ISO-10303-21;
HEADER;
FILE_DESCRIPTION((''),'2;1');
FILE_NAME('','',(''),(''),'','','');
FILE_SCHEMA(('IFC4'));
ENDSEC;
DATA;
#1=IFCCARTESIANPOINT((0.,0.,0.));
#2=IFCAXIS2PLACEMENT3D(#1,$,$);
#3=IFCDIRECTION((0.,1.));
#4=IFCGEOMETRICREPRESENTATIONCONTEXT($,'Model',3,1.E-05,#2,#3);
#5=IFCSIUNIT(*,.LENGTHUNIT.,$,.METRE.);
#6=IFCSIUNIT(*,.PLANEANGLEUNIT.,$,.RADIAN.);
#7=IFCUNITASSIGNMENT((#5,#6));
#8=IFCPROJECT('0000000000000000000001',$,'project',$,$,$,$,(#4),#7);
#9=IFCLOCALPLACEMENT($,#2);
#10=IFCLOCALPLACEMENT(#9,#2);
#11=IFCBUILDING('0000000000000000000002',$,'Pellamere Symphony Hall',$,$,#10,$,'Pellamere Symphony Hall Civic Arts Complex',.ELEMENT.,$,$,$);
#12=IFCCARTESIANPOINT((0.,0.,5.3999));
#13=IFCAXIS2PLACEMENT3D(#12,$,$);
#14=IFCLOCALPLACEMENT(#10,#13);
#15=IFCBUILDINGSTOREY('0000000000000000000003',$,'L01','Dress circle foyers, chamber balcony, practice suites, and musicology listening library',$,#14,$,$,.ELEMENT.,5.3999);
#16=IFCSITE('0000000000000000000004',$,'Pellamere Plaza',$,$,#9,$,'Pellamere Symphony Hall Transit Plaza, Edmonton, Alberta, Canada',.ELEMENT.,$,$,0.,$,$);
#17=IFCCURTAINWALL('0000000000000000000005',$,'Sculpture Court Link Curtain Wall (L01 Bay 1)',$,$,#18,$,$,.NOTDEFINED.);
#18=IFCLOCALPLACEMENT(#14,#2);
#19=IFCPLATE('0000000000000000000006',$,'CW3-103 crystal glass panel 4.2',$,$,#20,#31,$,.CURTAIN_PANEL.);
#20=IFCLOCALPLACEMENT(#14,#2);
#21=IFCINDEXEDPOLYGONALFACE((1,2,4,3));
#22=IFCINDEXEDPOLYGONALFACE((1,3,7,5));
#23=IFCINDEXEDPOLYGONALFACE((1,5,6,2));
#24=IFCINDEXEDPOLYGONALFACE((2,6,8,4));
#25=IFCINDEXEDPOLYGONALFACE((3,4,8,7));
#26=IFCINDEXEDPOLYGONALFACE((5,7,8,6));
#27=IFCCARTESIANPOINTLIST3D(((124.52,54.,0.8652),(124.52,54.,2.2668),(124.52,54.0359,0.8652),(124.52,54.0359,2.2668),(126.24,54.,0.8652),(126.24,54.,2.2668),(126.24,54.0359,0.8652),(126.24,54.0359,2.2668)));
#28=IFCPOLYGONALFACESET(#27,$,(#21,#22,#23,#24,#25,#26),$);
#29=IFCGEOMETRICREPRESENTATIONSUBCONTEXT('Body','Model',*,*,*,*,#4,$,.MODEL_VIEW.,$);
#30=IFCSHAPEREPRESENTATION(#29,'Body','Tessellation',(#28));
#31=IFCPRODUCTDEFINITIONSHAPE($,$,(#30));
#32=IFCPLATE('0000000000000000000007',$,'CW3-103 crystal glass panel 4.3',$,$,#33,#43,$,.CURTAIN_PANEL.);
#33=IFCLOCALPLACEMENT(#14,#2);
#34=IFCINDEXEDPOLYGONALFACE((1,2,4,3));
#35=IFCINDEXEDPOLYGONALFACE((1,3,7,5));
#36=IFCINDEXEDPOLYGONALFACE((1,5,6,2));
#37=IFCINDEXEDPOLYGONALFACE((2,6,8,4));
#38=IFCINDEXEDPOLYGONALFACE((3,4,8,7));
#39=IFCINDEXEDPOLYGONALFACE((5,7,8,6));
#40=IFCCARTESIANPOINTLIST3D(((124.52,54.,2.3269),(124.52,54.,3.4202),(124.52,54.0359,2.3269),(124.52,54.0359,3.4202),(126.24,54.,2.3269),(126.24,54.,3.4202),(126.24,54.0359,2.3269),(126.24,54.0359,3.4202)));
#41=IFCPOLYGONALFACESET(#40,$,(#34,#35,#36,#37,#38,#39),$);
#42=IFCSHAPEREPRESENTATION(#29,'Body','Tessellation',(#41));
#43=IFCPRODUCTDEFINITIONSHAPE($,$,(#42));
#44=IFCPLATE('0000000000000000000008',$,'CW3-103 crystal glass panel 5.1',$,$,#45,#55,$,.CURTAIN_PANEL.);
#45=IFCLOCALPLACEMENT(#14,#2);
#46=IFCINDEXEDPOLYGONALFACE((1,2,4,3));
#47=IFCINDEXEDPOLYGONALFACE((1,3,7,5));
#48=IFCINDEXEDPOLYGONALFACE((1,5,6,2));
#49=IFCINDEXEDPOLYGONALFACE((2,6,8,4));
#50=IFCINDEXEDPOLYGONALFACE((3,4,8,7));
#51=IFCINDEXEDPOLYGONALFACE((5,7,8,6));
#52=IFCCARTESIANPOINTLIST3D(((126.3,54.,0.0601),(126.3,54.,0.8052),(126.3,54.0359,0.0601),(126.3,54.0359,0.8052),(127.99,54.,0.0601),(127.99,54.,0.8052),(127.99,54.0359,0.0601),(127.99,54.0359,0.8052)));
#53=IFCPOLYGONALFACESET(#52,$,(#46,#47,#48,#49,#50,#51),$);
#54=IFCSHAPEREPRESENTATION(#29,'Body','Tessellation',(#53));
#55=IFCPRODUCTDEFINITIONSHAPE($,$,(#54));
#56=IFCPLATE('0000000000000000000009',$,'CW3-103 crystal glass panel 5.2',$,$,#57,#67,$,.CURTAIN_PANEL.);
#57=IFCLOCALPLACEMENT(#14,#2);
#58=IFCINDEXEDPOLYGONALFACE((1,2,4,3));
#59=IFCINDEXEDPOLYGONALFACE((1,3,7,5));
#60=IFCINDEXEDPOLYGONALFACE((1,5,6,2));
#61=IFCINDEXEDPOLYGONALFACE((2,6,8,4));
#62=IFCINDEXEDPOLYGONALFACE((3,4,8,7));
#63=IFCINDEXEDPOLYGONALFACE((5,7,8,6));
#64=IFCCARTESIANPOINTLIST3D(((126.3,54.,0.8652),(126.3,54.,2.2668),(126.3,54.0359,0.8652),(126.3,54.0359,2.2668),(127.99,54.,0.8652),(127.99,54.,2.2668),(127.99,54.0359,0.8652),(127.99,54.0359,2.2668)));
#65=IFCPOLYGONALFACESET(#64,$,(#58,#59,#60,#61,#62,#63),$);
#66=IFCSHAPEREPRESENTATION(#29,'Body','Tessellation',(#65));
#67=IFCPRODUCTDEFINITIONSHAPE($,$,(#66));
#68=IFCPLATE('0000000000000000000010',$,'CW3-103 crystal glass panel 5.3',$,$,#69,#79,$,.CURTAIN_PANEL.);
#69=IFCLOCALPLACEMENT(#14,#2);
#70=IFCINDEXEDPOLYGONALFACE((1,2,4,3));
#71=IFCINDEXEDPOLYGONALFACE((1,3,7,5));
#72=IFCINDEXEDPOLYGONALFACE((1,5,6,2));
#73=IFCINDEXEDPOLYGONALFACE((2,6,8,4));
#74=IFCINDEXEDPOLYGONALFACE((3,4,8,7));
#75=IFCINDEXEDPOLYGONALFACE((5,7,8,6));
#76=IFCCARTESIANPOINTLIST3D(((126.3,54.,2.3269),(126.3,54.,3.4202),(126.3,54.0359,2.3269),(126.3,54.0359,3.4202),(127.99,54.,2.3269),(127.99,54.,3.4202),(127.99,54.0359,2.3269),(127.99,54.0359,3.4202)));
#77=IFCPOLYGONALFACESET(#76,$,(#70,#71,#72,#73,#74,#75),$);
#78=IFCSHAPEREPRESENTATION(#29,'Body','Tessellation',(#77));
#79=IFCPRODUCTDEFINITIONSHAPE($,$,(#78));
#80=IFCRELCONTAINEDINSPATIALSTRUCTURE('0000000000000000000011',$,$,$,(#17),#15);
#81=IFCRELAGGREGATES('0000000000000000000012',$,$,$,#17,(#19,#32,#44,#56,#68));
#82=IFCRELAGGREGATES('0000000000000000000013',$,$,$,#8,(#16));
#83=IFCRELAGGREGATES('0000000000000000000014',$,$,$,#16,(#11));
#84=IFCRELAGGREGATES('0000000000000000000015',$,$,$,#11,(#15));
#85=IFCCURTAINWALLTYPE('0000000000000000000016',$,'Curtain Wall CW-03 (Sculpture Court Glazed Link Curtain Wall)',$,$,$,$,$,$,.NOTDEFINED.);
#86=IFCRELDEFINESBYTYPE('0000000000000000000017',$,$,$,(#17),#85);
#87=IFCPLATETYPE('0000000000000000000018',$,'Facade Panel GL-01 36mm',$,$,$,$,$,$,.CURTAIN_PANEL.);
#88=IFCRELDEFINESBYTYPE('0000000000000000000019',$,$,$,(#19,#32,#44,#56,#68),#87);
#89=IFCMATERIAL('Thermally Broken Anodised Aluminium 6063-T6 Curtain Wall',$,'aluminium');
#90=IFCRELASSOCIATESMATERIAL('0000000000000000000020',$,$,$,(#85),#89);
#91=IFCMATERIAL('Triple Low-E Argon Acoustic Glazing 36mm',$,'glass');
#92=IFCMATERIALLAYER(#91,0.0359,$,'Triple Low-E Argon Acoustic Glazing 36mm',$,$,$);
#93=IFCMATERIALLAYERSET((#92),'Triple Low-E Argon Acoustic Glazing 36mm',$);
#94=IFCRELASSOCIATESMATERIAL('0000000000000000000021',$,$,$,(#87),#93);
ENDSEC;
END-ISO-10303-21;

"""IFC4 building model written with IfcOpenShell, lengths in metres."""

from ifc_helpers import new_model, si_unit, direction, frame, origin, place, context, subcontext, project, spatial, polyline, outline, extrude, material, layer, layer_set, type_object, element, aggregate, save


model = new_model("IFC4")

# Units and contexts
model_context = context("Model", 3, precision=1e-05, world=origin(), true_north=direction((0.0, 1.0)))
body_context = subcontext(model_context, "Body", "Model", "MODEL_VIEW")
ifc_project = project(units=[si_unit("LENGTHUNIT", "METRE"), si_unit("PLANEANGLEUNIT", "RADIAN")], contexts=[model_context])

# Site, building, storey
site_placement = place(None, origin())
site = spatial("IfcSite", under=ifc_project, at=site_placement, Name="Pellamere Plaza", LongName="Pellamere Symphony Hall Transit Plaza, Edmonton, Alberta, Canada", CompositionType="ELEMENT", RefElevation=0.0)
building_placement = place(site_placement, origin())
building = spatial("IfcBuilding", under=site, at=building_placement, Name="Pellamere Symphony Hall", LongName="Pellamere Symphony Hall Civic Arts Complex", CompositionType="ELEMENT")
storey_placement = place(building_placement, frame((0.0, 0.0, 5.3999)))
storey = spatial("IfcBuildingStorey", under=building, at=storey_placement, Name="L01", Description="Dress circle foyers, chamber balcony, practice suites, and musicology listening library", CompositionType="ELEMENT", Elevation=5.3999)

# Curtain wall
ifc_material_1 = material(Name="Thermally Broken Anodised Aluminium 6063-T6 Curtain Wall", Category="aluminium")
curtain_wall_type = type_object("IfcCurtainWallType", Name="Curtain Wall CW-03 (Sculpture Court Glazed Link Curtain Wall)", PredefinedType="NOTDEFINED", material=ifc_material_1)
curtain_wall_1_placement = place(storey_placement, origin())
curtain_wall_1 = element("IfcCurtainWall", 1, at=curtain_wall_1_placement, inside=storey, type_object=curtain_wall_type, Name="Sculpture Court Link Curtain Wall (L01 Bay 1)", PredefinedType="NOTDEFINED")

# Plates
ifc_material_2 = material(Name="Triple Low-E Argon Acoustic Glazing 36mm", Category="glass")
ifc_layer_1 = layer(ifc_material_2, 0.0359, Name="Triple Low-E Argon Acoustic Glazing 36mm")
ifc_layer_set_1 = layer_set([ifc_layer_1], Name="Triple Low-E Argon Acoustic Glazing 36mm")
plate_type_1 = type_object("IfcPlateType", Name="Facade Panel GL-01 36mm", PredefinedType="CURTAIN_PANEL", material=ifc_layer_set_1)
plate_1_placement = place(storey_placement, frame((124.52, 54.0, 0.8652), z_axis=(0.0, -1.0, 0.0), x_axis=(1.0, 0.0, 0.0)))
plate_1 = element("IfcPlate", 2, at=plate_1_placement, type_object=plate_type_1, Name="CW3-103 crystal glass panel 4.2", PredefinedType="CURTAIN_PANEL", context=body_context, shape_type="SweptSolid", body=[
    extrude(outline(polyline([(0.0, 0.0), (1.72, 0.0), (1.72, 1.4016), (0.0, 1.4016), (0.0, 0.0)])), origin(), (0.0, 0.0, -1.0), 0.0359),
])
plate_2_placement = place(storey_placement, frame((124.52, 54.0, 2.3269), z_axis=(0.0, -1.0, 0.0), x_axis=(1.0, 0.0, 0.0)))
plate_2 = element("IfcPlate", 3, at=plate_2_placement, type_object=plate_type_1, Name="CW3-103 crystal glass panel 4.3", PredefinedType="CURTAIN_PANEL", context=body_context, shape_type="SweptSolid", body=[
    extrude(outline(polyline([(0.0, 0.0), (1.72, 0.0), (1.72, 1.0933), (0.0, 1.0933), (0.0, 0.0)])), origin(), (0.0, 0.0, -1.0), 0.0359),
])
plate_3_placement = place(storey_placement, frame((126.3, 54.0, 0.0601), z_axis=(0.0, -1.0, 0.0), x_axis=(1.0, 0.0, 0.0)))
plate_3 = element("IfcPlate", 4, at=plate_3_placement, type_object=plate_type_1, Name="CW3-103 crystal glass panel 5.1", PredefinedType="CURTAIN_PANEL", context=body_context, shape_type="SweptSolid", body=[
    extrude(outline(polyline([(0.0, 0.0), (1.6899, 0.0), (1.6899, 0.7451), (0.0, 0.7451), (0.0, 0.0)])), origin(), (0.0, 0.0, -1.0), 0.0359),
])
plate_4_placement = place(storey_placement, frame((126.3, 54.0, 0.8652), z_axis=(0.0, -1.0, 0.0), x_axis=(1.0, 0.0, 0.0)))
plate_4 = element("IfcPlate", 5, at=plate_4_placement, type_object=plate_type_1, Name="CW3-103 crystal glass panel 5.2", PredefinedType="CURTAIN_PANEL", context=body_context, shape_type="SweptSolid", body=[
    extrude(outline(polyline([(0.0, 0.0), (1.6899, 0.0), (1.6899, 1.4016), (0.0, 1.4016), (0.0, 0.0)])), origin(), (0.0, 0.0, -1.0), 0.0359),
])
plate_5_placement = place(storey_placement, frame((126.3, 54.0, 2.3269), z_axis=(0.0, -1.0, 0.0), x_axis=(1.0, 0.0, 0.0)))
plate_5 = element("IfcPlate", 6, at=plate_5_placement, type_object=plate_type_1, Name="CW3-103 crystal glass panel 5.3", PredefinedType="CURTAIN_PANEL", context=body_context, shape_type="SweptSolid", body=[
    extrude(outline(polyline([(0.0, 0.0), (1.6899, 0.0), (1.6899, 1.0933), (0.0, 1.0933), (0.0, 0.0)])), origin(), (0.0, 0.0, -1.0), 0.0359),
])
aggregate(curtain_wall_1, [plate_1, plate_2, plate_3, plate_4, plate_5])

save(model, "model.ifc")
